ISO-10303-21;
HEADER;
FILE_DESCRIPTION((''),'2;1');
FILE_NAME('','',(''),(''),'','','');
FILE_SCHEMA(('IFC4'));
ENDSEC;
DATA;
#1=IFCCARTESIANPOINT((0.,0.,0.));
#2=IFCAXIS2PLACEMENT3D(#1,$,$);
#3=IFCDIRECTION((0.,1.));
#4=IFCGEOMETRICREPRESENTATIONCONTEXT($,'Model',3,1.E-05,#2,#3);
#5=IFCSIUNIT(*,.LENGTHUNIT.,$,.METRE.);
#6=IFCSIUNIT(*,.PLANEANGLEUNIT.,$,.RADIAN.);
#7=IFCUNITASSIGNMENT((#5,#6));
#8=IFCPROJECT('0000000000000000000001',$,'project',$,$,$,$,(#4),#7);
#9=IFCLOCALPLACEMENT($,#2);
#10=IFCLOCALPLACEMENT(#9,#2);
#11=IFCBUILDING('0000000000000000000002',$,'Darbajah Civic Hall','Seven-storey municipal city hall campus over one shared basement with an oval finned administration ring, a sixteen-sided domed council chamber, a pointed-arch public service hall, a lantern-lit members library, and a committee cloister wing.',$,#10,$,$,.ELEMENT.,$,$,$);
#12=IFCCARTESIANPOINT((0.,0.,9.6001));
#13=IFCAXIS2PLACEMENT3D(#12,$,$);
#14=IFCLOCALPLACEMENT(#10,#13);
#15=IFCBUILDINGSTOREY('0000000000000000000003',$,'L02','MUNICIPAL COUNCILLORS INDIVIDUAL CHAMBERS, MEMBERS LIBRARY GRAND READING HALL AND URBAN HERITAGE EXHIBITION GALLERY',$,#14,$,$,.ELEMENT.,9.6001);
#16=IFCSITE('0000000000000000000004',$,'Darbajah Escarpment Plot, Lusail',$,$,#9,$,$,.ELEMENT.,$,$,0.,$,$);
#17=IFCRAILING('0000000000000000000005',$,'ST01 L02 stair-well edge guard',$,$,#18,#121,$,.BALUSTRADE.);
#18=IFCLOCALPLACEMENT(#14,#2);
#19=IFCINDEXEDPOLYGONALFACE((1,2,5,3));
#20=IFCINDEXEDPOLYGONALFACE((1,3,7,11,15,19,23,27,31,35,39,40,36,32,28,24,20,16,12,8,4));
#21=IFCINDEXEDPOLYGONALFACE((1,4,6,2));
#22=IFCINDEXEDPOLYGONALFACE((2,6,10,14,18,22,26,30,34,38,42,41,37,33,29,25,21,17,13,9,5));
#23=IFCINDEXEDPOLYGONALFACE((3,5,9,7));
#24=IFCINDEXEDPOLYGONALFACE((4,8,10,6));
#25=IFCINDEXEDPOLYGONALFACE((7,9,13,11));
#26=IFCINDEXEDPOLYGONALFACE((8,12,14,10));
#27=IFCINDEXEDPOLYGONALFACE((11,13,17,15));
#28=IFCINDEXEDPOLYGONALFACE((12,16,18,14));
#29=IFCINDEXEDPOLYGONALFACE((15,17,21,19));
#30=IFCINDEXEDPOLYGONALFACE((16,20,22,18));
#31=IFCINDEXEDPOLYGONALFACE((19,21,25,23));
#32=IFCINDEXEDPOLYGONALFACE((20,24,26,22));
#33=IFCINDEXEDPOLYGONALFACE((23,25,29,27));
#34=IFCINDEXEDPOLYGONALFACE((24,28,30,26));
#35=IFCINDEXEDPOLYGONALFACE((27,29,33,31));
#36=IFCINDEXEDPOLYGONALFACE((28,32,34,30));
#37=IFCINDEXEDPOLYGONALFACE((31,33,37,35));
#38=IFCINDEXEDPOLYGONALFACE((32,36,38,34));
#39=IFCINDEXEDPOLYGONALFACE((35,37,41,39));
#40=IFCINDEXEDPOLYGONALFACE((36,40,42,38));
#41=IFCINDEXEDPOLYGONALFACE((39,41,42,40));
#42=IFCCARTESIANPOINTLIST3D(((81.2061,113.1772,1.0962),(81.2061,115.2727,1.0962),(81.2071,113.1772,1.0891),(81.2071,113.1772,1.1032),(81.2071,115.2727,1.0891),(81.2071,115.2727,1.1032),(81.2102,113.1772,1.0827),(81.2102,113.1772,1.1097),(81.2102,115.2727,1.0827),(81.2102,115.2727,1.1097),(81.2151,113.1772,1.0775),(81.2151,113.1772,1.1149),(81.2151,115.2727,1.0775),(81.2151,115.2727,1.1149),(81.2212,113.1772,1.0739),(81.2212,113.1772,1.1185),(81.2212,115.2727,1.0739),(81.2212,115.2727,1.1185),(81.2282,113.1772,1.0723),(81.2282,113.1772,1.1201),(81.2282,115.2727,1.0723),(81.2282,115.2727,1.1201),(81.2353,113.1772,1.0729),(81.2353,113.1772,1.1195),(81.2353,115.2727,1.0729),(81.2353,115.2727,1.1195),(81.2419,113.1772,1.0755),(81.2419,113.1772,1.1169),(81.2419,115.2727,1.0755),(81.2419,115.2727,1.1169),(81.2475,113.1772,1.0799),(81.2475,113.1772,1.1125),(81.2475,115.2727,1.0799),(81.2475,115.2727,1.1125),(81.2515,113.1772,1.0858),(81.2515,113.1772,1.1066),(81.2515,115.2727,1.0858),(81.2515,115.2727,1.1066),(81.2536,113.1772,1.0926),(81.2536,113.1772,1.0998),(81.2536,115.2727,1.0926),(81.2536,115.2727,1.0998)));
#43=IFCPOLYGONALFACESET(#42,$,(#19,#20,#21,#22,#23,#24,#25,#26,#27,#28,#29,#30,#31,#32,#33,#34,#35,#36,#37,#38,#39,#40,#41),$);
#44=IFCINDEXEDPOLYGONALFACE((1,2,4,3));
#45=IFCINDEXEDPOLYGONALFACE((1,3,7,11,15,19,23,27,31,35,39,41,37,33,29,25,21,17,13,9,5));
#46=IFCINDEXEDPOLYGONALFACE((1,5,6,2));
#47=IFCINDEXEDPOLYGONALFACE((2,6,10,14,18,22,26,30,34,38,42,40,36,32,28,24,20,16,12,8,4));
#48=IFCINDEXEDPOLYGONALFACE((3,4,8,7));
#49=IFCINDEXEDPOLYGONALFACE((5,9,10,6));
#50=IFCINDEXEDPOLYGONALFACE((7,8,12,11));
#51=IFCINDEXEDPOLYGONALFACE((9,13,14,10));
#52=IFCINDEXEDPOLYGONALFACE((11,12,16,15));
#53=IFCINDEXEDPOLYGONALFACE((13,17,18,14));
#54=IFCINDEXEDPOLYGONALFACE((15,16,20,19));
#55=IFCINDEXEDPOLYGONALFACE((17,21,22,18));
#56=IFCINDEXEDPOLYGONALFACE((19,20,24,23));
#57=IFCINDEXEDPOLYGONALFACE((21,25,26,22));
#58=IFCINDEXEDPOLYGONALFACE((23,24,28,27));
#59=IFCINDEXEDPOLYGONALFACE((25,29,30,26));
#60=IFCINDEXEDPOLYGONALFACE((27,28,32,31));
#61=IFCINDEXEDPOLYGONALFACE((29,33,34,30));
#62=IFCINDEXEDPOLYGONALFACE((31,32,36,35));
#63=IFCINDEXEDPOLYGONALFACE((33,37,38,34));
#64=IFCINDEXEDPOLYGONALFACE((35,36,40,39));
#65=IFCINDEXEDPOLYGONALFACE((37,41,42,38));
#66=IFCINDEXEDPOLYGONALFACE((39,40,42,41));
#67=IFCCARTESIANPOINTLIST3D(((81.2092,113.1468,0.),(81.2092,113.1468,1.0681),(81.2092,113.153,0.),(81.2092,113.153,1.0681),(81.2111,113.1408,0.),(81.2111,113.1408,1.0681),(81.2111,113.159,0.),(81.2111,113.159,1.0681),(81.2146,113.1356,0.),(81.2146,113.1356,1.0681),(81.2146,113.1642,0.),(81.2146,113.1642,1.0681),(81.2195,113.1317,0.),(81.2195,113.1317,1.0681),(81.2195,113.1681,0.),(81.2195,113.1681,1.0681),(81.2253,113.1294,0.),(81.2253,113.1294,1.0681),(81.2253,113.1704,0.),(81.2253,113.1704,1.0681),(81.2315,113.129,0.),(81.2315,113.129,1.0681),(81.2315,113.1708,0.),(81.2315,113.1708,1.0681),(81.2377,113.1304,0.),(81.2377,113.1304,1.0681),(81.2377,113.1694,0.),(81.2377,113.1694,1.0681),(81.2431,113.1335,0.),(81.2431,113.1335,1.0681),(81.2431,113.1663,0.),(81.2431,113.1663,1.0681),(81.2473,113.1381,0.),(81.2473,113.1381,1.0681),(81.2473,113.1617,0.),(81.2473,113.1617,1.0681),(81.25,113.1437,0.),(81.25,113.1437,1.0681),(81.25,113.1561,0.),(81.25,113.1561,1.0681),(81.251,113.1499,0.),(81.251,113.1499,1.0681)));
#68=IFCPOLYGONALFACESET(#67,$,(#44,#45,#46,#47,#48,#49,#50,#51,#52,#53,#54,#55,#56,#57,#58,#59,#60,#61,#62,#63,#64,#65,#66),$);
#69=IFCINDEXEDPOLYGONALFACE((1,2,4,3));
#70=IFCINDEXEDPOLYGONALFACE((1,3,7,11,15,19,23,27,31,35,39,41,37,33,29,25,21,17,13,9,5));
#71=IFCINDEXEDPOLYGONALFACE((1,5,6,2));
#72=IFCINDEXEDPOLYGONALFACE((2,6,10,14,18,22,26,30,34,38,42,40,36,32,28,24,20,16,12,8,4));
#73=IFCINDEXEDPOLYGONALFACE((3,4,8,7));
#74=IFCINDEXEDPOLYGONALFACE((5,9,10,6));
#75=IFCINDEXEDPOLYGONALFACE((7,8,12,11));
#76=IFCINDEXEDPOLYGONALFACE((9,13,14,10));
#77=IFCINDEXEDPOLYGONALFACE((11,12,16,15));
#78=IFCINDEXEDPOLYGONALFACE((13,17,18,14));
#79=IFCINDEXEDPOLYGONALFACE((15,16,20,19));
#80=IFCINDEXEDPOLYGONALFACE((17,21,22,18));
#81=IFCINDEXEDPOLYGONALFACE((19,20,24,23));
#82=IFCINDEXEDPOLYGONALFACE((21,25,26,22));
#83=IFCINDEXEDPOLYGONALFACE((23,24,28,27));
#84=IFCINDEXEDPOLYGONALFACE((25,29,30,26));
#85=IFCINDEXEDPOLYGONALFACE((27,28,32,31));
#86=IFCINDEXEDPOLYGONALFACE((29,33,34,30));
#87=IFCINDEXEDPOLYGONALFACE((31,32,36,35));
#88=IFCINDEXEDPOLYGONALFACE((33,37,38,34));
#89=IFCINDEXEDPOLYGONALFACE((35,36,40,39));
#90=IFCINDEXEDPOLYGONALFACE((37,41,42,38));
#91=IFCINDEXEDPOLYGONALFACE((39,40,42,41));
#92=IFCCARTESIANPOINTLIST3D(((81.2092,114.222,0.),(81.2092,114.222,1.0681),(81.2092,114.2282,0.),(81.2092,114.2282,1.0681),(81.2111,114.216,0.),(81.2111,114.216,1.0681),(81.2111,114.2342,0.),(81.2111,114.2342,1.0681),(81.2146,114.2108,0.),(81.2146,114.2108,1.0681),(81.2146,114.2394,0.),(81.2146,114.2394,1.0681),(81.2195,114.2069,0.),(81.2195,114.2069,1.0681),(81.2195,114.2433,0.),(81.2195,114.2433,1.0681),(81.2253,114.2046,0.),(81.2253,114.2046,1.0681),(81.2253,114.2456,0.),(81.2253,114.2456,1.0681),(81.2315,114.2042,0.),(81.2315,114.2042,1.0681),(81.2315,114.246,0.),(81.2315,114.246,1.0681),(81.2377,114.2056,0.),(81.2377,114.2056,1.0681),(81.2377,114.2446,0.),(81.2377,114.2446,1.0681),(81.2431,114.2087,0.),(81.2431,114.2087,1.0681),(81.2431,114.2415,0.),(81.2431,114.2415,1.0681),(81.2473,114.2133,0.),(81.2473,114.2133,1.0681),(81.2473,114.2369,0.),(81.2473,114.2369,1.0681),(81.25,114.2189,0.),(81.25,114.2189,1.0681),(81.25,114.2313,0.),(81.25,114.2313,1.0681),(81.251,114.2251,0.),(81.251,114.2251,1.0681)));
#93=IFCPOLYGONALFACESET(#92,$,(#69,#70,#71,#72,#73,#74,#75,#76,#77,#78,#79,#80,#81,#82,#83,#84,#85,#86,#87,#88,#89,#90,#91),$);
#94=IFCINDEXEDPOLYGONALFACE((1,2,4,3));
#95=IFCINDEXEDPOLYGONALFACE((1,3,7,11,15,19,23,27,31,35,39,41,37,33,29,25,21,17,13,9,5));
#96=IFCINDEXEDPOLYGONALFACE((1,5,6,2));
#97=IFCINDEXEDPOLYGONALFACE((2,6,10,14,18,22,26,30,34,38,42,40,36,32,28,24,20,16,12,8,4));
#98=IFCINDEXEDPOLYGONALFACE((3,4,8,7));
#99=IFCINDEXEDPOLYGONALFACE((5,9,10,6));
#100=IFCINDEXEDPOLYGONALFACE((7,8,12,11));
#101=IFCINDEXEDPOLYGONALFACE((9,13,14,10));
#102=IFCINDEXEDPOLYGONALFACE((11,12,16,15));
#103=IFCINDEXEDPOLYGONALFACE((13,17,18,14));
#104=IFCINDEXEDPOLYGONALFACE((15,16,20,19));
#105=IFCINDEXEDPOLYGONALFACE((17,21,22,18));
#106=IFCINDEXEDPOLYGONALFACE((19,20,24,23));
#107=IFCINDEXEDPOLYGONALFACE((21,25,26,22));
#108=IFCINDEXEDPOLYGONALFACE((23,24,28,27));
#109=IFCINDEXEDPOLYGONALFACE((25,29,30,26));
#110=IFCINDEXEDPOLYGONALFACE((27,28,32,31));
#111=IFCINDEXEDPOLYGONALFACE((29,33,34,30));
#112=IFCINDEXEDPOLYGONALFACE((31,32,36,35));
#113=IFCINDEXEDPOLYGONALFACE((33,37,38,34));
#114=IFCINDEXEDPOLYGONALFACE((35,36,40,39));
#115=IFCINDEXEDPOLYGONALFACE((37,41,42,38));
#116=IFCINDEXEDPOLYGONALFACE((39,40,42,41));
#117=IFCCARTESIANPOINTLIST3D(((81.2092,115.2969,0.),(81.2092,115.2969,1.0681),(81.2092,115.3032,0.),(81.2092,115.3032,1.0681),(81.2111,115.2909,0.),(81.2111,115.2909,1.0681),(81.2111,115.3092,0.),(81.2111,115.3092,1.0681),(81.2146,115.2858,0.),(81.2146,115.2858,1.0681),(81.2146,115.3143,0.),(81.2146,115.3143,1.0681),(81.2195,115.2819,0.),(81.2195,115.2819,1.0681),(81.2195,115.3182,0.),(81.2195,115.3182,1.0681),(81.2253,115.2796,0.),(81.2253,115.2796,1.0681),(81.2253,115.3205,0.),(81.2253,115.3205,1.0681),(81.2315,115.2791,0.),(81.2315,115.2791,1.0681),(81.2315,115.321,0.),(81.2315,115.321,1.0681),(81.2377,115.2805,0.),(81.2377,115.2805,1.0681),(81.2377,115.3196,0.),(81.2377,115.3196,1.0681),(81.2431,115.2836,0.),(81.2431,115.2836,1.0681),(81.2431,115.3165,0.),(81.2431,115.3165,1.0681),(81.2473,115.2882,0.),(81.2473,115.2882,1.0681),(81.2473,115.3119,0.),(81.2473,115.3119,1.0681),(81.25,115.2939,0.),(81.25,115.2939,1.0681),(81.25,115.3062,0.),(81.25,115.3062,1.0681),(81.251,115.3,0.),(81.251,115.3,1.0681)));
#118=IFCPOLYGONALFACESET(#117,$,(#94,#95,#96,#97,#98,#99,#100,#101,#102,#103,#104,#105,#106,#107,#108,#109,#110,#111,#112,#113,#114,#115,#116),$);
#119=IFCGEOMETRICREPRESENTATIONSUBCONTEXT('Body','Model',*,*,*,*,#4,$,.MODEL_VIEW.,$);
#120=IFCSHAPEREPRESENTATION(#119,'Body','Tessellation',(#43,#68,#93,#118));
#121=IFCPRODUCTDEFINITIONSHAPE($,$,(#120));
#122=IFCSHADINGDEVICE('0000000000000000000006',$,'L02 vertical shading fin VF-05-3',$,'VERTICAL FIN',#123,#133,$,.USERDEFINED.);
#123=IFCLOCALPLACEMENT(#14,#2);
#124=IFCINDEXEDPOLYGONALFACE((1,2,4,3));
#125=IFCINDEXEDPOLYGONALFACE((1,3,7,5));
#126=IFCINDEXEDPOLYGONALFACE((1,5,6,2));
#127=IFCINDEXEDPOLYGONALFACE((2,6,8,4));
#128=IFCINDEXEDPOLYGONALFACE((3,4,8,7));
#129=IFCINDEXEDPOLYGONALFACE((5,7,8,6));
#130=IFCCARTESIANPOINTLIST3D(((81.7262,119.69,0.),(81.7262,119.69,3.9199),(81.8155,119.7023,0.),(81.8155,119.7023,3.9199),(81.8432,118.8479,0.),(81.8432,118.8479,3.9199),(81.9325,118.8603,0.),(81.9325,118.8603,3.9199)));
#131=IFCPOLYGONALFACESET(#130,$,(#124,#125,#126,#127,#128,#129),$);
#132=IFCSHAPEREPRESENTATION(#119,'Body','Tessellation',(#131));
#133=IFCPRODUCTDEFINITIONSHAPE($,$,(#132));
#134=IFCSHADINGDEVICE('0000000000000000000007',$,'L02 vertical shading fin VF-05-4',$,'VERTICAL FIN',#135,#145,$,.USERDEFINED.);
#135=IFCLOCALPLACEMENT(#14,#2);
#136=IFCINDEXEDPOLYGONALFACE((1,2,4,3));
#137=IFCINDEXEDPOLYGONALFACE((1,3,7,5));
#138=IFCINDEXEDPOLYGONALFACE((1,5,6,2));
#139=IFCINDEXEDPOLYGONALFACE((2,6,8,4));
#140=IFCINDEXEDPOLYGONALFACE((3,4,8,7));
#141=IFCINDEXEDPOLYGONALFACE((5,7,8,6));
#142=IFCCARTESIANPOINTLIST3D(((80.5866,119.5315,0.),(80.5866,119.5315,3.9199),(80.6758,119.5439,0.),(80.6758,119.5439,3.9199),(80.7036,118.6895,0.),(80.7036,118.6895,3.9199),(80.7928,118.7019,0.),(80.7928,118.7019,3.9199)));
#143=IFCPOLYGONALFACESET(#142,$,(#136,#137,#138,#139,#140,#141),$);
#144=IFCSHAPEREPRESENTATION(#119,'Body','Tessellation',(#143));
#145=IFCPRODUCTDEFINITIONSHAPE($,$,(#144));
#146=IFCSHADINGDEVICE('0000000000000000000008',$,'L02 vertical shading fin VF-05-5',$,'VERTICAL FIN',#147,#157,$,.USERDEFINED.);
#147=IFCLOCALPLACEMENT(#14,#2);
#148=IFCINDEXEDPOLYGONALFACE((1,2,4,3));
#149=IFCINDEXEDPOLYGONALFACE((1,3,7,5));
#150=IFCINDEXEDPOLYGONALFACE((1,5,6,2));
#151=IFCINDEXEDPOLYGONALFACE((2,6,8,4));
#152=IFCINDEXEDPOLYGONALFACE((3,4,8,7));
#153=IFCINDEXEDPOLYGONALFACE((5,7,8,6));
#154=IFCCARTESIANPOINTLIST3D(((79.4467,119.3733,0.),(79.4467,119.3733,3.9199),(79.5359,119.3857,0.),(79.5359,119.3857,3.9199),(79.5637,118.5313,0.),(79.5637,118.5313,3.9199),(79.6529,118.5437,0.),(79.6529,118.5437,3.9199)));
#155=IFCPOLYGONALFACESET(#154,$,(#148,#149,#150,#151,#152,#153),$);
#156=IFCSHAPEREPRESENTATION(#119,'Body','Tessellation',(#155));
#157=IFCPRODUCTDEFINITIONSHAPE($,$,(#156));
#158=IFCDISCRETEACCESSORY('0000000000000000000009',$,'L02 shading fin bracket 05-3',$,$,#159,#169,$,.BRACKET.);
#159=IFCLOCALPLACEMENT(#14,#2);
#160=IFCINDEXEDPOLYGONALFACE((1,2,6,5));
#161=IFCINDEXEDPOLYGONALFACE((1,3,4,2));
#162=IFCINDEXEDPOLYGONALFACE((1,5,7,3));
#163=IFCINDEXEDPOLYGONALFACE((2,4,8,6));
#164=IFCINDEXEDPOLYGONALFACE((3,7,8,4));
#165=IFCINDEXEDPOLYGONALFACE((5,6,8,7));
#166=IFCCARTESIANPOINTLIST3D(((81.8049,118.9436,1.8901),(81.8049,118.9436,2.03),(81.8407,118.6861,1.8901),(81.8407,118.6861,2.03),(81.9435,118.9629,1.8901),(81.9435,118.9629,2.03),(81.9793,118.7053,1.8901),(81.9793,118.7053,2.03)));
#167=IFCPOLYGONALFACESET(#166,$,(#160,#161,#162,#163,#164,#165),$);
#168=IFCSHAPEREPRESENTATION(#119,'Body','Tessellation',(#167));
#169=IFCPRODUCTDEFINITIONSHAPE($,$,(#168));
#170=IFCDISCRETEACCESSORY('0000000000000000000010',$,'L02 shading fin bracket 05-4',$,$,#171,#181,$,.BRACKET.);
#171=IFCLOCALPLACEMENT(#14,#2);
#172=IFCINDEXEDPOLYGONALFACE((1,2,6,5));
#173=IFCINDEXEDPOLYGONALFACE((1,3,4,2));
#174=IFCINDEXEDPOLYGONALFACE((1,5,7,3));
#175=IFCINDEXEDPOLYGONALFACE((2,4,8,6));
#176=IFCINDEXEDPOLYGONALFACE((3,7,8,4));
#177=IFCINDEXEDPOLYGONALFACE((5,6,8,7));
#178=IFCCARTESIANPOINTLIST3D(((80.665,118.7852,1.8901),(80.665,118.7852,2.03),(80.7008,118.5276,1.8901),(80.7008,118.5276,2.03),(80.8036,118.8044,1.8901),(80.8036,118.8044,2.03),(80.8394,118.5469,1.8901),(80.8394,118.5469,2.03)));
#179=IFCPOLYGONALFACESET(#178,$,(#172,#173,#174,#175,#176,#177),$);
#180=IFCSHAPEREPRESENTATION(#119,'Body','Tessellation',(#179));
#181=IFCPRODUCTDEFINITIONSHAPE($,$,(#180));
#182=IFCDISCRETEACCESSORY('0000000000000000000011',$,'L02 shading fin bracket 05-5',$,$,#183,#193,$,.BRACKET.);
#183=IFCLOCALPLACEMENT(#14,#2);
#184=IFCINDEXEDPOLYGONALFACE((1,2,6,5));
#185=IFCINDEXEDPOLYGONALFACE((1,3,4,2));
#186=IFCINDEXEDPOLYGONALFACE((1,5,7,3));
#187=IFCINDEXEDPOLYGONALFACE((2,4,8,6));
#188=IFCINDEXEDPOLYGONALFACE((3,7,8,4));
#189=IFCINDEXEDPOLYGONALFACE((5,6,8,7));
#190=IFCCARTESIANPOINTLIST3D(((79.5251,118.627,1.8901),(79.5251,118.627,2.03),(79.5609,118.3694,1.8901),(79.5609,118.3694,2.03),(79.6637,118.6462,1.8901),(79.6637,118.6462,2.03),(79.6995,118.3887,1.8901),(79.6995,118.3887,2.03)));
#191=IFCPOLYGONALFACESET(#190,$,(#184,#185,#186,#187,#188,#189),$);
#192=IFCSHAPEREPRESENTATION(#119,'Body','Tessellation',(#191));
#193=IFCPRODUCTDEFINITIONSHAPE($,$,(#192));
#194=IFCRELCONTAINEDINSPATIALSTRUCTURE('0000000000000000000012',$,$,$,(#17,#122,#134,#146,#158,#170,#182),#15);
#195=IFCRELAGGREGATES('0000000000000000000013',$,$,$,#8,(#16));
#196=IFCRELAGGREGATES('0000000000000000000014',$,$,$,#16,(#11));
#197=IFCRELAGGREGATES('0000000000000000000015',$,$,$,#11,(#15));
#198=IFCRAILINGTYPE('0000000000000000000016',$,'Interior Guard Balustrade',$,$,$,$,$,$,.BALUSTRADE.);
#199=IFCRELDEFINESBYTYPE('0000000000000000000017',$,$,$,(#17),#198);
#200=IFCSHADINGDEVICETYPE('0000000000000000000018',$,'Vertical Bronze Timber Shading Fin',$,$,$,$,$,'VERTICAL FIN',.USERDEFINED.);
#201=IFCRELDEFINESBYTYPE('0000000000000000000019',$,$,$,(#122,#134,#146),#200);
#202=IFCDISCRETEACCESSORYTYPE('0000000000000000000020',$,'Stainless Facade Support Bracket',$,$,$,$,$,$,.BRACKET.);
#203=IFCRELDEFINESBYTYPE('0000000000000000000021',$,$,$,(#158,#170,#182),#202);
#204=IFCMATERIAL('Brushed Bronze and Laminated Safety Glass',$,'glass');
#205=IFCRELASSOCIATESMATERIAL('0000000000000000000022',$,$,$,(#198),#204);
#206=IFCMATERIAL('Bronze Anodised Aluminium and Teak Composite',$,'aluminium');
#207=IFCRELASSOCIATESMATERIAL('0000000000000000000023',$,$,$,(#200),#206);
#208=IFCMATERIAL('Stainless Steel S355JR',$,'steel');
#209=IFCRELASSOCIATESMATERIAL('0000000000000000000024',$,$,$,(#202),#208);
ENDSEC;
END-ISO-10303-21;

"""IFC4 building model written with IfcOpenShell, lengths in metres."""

from ifc_helpers import new_model, si_unit, direction, frame, origin, origin_2d, place, context, subcontext, project, spatial, rectangle, circle, extrude, material, type_object, element, save


model = new_model("IFC4")

# Units and contexts
model_context = context("Model", 3, precision=1e-05, world=origin(), true_north=direction((0.0, 1.0)))
body_context = subcontext(model_context, "Body", "Model", "MODEL_VIEW")
ifc_project = project(units=[si_unit("LENGTHUNIT", "METRE"), si_unit("PLANEANGLEUNIT", "RADIAN")], contexts=[model_context])

# Site, building, storey
site_placement = place(None, origin())
site = spatial("IfcSite", under=ifc_project, at=site_placement, Name="Darbajah Escarpment Plot, Lusail", CompositionType="ELEMENT", RefElevation=0.0)
building_placement = place(site_placement, origin())
building = spatial("IfcBuilding", under=site, at=building_placement, Name="Darbajah Civic Hall", Description="Seven-storey municipal city hall campus over one shared basement with an oval finned administration ring, a sixteen-sided domed council chamber, a pointed-arch public service hall, a lantern-lit members library, and a committee cloister wing.", CompositionType="ELEMENT")
storey_placement = place(building_placement, frame((0.0, 0.0, 9.6001)))
storey = spatial("IfcBuildingStorey", under=building, at=storey_placement, Name="L02", Description="MUNICIPAL COUNCILLORS INDIVIDUAL CHAMBERS, MEMBERS LIBRARY GRAND READING HALL AND URBAN HERITAGE EXHIBITION GALLERY", CompositionType="ELEMENT", Elevation=9.6001)

# Railing
ifc_material_1 = material(Name="Brushed Bronze and Laminated Safety Glass", Category="glass")
railing_type_1 = type_object("IfcRailingType", Name="Interior Guard Balustrade", PredefinedType="BALUSTRADE", material=ifc_material_1)
railing_1_placement = place(storey_placement, frame((81.23, 113.1499, 0.0)))
element("IfcRailing", 1, at=railing_1_placement, inside=storey, type_object=railing_type_1, Name="ST01 L02 stair-well edge guard", PredefinedType="BALUSTRADE", context=body_context, shape_type="SweptSolid", body=[
    extrude(circle(Radius=0.0239, at=origin_2d()), frame((0.0, 0.0273, 1.0962), z_axis=(0.0, 1.0, 0.0), x_axis=(-1.0, 0.0, 0.0)), (0.0, 0.0, 1.0), 2.0955),
    extrude(circle(Radius=0.021, at=origin_2d()), origin(), (0.0, 0.0, 1.0), 1.0681),
    extrude(circle(Radius=0.021, at=origin_2d()), frame((0.0, 1.0752, 0.0)), (0.0, 0.0, 1.0), 1.0681),
    extrude(circle(Radius=0.021, at=origin_2d()), frame((0.0, 2.1501, 0.0)), (0.0, 0.0, 1.0), 1.0681),
])

# Shading devices
ifc_material_2 = material(Name="Bronze Anodised Aluminium and Teak Composite", Category="aluminium")
shading_device_type = type_object("IfcShadingDeviceType", Name="Vertical Bronze Timber Shading Fin", ElementType="VERTICAL FIN", PredefinedType="USERDEFINED", material=ifc_material_2)
for number, where, z_axis, x_axis, name in (
    (2, (81.8293, 119.2751, 0.0), (0.0, 0.0, 1.0), (-0.137617, 0.990485, 0.0), "L02 vertical shading fin VF-05-3"),
    (3, (80.6897, 119.1167, 0.0), (0.0, 0.0, 1.0), (-0.137617, 0.990485, 0.0), "L02 vertical shading fin VF-05-4"),
    (4, (79.5498, 118.9585, 0.0), (0.0, 0.0, 1.0), (-0.137617, 0.990485, 0.0), "L02 vertical shading fin VF-05-5"),
):
    element("IfcShadingDevice", number, at=place(storey_placement, frame(where, z_axis=z_axis, x_axis=x_axis)), inside=storey, type_object=shading_device_type, Name=name, ObjectType="VERTICAL FIN", PredefinedType="USERDEFINED", context=body_context, shape_type="SweptSolid", body=[
        extrude(rectangle(XDim=0.8501, YDim=0.0901, at=origin_2d()), origin(), (0.0, 0.0, 1.0), 3.9199),
    ])

# Discrete accessories
ifc_material_3 = material(Name="Stainless Steel S355JR", Category="steel")
discrete_accessory_type = type_object("IfcDiscreteAccessoryType", Name="Stainless Facade Support Bracket", PredefinedType="BRACKET", material=ifc_material_3)
for number, where, z_axis, x_axis, name in (
    (5, (81.8921, 118.8245, 1.8901), (0.0, 0.0, 1.0), (-0.137617, 0.990485, 0.0), "L02 shading fin bracket 05-3"),
    (6, (80.7522, 118.666, 1.8901), (0.0, 0.0, 1.0), (-0.137617, 0.990485, 0.0), "L02 shading fin bracket 05-4"),
    (7, (79.6123, 118.5078, 1.8901), (0.0, 0.0, 1.0), (-0.137617, 0.990485, 0.0), "L02 shading fin bracket 05-5"),
):
    element("IfcDiscreteAccessory", number, at=place(storey_placement, frame(where, z_axis=z_axis, x_axis=x_axis)), inside=storey, type_object=discrete_accessory_type, Name=name, PredefinedType="BRACKET", context=body_context, shape_type="SweptSolid", body=[
        extrude(rectangle(XDim=0.26, YDim=0.1399, at=origin_2d()), origin(), (0.0, 0.0, 1.0), 0.1399),
    ])

save(model, "model.ifc")
